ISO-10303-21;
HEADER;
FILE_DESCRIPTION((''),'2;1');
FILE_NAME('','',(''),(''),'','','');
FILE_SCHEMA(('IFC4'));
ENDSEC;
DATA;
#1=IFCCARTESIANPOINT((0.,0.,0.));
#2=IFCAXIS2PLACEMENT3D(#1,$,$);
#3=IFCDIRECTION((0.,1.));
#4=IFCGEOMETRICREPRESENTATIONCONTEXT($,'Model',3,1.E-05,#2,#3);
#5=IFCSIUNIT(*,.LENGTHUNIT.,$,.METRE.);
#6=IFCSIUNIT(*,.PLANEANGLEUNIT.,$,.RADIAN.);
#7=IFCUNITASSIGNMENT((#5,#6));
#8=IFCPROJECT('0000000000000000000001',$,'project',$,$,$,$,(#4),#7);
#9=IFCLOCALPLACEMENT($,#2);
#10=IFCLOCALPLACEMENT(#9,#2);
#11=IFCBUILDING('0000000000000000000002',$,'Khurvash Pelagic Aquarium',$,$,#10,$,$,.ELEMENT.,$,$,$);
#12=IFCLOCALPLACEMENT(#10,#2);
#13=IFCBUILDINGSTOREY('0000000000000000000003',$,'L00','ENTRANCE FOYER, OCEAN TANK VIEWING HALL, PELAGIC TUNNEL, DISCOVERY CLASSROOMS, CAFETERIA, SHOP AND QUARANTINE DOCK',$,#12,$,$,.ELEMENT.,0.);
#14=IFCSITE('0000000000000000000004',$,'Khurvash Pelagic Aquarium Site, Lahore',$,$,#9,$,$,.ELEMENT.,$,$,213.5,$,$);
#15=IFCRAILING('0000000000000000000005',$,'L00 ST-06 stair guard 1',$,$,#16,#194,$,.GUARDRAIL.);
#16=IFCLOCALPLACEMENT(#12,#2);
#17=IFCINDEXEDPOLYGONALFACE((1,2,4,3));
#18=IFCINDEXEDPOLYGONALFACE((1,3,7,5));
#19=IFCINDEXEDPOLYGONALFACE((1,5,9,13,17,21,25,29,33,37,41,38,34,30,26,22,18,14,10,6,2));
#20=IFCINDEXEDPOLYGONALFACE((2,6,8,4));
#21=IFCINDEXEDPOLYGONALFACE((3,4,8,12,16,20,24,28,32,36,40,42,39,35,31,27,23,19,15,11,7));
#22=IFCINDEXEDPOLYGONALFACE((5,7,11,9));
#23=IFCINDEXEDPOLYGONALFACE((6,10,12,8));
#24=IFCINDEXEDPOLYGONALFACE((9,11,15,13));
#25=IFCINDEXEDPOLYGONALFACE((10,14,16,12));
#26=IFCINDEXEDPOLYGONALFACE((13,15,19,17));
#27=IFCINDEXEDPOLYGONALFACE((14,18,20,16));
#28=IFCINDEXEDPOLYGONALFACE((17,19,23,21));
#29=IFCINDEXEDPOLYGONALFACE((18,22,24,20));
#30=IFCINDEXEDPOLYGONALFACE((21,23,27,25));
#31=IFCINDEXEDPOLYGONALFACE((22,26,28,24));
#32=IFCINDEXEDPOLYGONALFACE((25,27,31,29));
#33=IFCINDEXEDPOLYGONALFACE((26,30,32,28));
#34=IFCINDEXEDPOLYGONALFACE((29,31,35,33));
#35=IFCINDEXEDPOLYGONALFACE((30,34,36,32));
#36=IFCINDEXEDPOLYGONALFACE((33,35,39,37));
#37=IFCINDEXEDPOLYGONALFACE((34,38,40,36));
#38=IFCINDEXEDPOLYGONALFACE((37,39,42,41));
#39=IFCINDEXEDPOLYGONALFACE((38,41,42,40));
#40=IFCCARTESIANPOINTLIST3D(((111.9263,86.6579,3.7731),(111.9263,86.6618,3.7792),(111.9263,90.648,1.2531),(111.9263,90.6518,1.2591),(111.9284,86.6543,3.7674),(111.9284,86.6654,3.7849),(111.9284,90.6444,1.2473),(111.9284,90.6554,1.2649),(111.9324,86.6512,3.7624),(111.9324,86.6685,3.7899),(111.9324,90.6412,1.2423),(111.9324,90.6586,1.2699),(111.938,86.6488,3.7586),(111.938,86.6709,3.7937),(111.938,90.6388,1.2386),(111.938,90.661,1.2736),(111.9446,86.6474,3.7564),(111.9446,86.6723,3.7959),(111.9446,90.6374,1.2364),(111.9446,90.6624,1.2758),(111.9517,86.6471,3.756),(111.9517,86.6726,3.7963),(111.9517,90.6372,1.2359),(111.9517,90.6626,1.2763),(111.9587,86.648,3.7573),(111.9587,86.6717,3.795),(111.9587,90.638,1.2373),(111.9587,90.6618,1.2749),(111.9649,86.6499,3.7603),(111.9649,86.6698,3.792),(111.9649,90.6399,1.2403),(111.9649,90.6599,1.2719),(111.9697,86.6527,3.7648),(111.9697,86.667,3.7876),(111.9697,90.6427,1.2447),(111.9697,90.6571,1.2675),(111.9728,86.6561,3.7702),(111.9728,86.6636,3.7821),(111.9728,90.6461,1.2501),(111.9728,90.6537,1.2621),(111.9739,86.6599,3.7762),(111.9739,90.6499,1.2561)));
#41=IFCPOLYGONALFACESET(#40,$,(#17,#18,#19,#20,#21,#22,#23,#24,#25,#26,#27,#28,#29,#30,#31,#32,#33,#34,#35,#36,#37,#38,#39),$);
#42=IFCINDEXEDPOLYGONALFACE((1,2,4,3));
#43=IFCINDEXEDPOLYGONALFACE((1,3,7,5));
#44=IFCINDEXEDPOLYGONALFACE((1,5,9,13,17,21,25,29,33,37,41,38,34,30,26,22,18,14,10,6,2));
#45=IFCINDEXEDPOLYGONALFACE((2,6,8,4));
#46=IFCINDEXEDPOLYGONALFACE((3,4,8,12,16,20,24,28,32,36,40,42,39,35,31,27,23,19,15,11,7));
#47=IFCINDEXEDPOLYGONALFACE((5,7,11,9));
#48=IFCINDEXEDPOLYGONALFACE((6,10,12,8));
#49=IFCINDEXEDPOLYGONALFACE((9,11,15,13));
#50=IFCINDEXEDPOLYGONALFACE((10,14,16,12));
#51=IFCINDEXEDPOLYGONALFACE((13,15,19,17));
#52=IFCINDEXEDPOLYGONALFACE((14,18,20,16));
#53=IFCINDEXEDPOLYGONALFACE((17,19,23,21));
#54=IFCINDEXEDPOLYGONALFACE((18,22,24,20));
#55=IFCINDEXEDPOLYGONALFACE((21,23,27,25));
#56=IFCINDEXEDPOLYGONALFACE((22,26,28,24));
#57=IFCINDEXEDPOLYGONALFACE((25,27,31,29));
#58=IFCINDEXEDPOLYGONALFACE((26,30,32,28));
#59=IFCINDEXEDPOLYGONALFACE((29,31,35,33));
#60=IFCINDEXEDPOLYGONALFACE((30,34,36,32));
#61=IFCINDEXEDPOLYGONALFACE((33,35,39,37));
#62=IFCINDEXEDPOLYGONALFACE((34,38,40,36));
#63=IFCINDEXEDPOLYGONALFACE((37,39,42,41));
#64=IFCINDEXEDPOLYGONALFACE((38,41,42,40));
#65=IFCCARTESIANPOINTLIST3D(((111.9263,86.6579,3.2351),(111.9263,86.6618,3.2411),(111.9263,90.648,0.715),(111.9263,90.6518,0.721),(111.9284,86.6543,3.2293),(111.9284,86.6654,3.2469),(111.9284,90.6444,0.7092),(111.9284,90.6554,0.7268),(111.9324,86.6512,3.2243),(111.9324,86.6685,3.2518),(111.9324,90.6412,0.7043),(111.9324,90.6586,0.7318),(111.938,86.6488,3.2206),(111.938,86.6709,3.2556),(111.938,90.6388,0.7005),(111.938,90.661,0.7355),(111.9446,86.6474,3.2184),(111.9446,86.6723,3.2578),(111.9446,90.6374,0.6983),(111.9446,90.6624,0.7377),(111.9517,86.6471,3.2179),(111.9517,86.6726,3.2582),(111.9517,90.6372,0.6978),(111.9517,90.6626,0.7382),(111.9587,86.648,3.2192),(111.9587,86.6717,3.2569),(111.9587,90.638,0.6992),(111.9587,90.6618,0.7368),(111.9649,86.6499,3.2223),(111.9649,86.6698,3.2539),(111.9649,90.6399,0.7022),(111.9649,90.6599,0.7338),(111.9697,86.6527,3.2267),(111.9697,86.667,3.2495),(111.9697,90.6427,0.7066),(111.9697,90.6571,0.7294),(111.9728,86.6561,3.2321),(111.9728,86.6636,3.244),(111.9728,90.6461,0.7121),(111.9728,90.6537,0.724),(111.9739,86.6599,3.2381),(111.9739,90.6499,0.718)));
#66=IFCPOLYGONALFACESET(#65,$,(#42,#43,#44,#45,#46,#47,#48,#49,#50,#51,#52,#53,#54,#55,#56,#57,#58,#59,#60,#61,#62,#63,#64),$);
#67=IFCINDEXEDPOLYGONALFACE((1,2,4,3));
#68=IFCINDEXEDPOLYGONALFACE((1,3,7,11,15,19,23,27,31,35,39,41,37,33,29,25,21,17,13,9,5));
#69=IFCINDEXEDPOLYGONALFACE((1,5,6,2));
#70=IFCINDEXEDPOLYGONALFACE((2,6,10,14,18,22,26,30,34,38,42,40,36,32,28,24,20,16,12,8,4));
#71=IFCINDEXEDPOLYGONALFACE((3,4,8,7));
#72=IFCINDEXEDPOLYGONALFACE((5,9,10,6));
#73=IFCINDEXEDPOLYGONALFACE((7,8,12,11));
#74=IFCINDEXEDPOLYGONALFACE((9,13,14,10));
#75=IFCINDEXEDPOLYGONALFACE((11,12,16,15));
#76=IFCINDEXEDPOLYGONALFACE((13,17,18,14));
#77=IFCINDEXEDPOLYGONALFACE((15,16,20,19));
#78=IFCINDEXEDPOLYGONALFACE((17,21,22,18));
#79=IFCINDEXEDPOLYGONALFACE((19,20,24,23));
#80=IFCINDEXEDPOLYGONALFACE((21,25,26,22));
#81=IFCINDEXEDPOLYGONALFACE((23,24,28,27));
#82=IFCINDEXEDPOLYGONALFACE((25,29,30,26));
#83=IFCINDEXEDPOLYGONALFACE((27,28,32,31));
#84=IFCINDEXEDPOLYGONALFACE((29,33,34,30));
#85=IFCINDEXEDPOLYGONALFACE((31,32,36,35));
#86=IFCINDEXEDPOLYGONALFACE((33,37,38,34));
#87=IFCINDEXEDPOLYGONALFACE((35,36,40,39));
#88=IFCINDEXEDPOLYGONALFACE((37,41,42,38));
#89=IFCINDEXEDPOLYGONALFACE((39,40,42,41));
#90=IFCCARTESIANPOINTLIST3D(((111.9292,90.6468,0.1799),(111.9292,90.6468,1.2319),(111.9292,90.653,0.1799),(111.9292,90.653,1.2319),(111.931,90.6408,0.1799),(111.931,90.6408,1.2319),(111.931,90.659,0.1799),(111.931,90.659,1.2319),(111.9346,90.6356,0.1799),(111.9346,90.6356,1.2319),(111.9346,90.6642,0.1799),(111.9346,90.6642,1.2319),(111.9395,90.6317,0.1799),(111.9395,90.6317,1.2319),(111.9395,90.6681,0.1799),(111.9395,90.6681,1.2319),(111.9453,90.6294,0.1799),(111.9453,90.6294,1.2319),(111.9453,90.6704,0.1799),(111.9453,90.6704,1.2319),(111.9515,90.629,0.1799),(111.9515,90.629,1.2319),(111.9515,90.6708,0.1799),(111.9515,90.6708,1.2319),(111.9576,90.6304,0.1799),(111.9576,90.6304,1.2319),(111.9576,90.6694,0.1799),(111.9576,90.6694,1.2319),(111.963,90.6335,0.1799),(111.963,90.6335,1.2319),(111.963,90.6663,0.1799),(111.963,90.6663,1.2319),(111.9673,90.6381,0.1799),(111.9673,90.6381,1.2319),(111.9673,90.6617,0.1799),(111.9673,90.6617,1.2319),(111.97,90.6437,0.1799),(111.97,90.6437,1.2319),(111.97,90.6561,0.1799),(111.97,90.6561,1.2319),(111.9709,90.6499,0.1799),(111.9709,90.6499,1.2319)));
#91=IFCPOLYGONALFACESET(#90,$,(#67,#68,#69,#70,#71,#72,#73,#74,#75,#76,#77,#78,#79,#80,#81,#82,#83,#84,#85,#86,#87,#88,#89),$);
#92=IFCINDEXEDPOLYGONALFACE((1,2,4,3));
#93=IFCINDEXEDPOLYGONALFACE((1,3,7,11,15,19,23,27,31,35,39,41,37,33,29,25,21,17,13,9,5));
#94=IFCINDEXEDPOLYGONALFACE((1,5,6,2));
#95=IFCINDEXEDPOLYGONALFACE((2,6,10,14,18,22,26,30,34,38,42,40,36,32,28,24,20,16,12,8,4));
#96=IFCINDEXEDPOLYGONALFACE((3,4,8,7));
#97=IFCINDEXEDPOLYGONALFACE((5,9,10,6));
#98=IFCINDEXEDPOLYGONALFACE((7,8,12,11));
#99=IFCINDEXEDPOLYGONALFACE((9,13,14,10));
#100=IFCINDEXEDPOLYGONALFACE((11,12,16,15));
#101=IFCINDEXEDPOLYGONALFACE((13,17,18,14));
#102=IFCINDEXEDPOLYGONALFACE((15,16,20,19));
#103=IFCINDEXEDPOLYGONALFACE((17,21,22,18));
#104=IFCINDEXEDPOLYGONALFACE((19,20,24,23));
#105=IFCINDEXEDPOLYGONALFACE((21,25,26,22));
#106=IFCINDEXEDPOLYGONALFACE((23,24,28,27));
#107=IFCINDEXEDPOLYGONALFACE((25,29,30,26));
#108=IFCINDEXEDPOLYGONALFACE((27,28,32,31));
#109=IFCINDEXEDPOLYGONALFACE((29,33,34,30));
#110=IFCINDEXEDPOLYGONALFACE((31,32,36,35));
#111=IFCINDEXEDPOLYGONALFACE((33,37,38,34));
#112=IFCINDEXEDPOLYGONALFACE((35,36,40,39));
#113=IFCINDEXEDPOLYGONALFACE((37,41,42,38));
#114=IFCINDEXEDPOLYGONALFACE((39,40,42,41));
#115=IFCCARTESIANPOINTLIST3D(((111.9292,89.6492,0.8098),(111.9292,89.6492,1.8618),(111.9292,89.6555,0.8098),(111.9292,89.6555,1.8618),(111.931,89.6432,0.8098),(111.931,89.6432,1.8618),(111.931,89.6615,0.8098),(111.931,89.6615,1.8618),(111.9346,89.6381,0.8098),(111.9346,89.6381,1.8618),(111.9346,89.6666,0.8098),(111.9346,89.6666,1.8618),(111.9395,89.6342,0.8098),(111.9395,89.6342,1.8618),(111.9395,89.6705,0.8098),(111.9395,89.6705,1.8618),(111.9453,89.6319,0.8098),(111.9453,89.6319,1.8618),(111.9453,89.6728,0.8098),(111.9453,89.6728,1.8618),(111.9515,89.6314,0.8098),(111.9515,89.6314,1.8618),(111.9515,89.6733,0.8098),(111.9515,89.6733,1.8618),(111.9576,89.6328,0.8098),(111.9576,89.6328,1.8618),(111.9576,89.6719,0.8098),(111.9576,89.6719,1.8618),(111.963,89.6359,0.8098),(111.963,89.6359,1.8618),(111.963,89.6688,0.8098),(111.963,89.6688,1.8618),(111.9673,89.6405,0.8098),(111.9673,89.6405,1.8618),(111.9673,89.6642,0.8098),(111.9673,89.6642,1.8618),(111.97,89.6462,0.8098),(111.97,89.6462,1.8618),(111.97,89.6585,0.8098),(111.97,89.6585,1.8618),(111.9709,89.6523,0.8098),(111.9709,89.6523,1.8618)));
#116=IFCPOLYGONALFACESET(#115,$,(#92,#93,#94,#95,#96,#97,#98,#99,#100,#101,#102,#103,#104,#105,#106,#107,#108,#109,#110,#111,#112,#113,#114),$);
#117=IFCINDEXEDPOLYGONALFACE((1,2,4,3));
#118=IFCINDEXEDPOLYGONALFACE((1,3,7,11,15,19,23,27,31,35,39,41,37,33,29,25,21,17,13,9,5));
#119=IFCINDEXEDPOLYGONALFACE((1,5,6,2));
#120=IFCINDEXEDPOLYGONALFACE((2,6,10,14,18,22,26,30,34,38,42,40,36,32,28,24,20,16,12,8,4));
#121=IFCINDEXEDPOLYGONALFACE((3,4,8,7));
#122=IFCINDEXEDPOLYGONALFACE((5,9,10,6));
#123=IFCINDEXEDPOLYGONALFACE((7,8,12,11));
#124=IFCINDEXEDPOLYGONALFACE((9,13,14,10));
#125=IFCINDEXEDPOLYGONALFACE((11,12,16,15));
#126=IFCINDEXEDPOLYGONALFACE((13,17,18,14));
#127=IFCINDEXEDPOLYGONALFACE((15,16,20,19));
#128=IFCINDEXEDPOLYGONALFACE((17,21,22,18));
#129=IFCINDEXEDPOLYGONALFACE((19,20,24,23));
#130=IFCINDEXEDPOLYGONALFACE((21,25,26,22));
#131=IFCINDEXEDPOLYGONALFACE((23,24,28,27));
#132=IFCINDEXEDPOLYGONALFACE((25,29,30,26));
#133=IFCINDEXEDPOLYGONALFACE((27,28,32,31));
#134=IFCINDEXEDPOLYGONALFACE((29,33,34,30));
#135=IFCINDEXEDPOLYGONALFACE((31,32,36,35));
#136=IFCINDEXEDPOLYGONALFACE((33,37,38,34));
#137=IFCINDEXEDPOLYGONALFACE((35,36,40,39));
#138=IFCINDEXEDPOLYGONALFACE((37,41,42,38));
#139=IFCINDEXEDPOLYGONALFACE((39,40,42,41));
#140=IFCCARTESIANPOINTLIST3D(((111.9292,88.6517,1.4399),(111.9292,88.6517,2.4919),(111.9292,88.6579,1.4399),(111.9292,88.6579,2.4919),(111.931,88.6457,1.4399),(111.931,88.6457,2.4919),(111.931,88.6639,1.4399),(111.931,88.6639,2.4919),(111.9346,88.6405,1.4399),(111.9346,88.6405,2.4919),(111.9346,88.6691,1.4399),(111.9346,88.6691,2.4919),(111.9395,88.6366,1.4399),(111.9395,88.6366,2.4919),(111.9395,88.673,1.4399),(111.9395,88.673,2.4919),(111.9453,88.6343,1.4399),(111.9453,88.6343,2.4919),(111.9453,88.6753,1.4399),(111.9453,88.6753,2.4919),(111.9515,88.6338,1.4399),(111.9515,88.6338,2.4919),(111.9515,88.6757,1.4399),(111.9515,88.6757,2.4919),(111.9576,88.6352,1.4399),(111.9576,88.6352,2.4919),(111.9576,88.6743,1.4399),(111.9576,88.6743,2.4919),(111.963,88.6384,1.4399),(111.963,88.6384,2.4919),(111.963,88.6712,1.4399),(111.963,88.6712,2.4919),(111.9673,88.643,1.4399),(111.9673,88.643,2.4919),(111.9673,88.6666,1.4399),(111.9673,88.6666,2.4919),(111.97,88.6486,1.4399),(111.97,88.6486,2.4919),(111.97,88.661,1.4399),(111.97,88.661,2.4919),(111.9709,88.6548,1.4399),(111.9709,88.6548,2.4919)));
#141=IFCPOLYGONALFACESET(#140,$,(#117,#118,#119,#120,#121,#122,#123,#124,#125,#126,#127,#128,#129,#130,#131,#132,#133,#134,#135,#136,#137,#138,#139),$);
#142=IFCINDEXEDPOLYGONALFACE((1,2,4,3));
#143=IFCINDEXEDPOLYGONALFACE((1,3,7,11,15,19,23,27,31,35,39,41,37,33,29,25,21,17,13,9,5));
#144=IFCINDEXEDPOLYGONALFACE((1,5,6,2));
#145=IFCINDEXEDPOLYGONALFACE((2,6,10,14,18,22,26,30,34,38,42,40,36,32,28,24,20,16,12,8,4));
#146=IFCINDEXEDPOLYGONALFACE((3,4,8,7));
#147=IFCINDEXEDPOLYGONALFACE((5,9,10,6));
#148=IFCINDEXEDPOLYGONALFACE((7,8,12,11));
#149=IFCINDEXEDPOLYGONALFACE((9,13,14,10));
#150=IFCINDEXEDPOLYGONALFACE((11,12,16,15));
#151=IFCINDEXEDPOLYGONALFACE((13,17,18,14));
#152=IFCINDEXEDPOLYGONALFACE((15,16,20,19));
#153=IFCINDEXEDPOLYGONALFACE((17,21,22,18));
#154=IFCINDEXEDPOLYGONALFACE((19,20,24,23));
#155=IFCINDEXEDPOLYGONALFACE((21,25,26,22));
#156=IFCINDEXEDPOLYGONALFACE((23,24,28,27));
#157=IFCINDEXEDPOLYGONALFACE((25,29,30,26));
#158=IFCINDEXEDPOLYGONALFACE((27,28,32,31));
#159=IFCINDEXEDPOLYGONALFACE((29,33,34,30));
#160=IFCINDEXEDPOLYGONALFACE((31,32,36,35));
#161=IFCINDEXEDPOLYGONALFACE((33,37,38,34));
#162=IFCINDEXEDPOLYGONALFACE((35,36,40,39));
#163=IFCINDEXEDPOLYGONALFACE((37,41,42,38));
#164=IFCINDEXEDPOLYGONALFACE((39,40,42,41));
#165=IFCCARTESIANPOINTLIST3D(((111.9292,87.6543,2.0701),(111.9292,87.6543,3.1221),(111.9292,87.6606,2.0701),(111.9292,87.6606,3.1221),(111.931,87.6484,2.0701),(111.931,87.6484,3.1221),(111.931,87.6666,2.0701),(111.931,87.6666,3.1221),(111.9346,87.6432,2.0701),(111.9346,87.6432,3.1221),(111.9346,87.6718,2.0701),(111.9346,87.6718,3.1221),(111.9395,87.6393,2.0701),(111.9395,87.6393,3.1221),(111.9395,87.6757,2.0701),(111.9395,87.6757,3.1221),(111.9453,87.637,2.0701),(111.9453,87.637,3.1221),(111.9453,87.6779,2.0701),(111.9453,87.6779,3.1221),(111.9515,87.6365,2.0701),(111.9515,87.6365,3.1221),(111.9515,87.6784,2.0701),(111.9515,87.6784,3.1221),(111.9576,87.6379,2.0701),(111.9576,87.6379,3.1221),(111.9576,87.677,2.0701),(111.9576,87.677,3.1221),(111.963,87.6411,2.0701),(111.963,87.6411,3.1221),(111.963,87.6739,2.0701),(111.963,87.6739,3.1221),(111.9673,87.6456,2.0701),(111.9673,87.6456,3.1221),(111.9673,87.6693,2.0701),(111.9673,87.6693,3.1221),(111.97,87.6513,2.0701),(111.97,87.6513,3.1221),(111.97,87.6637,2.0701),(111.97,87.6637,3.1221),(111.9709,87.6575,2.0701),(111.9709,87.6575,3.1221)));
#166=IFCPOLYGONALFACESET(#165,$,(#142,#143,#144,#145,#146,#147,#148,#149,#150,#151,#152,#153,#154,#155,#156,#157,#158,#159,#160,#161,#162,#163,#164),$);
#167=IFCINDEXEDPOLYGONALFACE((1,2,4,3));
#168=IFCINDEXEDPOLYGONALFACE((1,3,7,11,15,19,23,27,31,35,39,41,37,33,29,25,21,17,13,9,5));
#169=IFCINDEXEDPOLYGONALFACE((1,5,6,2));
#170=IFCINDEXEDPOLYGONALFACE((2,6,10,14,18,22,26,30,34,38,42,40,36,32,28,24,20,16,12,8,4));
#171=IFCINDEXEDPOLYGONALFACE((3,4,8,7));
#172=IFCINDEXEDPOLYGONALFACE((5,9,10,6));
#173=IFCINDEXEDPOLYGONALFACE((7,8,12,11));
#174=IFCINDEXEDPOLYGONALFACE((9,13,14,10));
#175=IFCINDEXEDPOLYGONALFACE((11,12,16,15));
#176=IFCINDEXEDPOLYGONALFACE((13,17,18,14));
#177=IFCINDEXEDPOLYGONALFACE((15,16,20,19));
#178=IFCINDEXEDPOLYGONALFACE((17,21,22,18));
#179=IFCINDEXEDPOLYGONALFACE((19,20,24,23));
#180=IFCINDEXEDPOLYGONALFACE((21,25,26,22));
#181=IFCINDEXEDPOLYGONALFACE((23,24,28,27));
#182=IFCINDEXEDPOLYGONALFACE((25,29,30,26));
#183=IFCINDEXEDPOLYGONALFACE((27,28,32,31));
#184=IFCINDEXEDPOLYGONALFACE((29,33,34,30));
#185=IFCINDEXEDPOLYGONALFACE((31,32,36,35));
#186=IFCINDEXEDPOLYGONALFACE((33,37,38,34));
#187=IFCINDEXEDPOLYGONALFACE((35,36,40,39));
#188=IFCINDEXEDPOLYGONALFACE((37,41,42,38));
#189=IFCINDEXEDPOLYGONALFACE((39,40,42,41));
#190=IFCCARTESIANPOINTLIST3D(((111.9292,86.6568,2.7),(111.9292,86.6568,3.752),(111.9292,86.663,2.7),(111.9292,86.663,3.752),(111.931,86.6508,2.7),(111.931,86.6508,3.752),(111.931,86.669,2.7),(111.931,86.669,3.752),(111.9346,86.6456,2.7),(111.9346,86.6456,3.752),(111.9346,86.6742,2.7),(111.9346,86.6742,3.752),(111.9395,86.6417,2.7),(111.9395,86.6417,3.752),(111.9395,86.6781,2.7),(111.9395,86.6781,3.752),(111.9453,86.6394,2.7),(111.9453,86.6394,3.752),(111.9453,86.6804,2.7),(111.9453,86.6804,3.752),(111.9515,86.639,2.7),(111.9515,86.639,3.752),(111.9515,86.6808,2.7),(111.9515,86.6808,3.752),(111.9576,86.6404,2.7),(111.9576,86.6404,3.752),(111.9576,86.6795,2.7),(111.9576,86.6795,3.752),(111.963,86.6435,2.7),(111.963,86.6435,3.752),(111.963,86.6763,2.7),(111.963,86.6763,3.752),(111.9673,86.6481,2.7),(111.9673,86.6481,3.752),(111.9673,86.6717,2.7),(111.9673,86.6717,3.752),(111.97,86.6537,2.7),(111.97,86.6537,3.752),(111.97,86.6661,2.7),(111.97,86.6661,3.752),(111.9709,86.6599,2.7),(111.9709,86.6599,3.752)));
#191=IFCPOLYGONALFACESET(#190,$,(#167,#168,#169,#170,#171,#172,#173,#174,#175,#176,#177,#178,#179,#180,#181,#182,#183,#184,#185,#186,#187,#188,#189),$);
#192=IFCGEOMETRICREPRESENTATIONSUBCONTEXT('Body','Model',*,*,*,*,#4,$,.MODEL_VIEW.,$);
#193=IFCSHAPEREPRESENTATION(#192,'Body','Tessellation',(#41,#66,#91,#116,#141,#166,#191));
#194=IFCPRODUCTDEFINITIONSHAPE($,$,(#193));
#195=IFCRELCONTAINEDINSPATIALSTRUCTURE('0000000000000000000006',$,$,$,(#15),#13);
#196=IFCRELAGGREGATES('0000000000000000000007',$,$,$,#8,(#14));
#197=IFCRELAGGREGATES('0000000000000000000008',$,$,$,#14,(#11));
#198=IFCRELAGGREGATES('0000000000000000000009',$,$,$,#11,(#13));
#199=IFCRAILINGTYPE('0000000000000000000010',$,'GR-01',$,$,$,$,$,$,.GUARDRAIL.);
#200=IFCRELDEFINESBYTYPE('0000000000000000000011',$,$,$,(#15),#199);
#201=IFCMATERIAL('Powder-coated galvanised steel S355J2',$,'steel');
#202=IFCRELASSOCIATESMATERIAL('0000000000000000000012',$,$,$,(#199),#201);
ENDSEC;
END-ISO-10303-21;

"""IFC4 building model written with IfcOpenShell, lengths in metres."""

from ifc_helpers import new_model, si_unit, direction, frame, origin, origin_2d, place, context, subcontext, project, spatial, circle, extrude, material, type_object, element, save


model = new_model("IFC4")

# Units and contexts
model_context = context("Model", 3, precision=1e-05, world=origin(), true_north=direction((0.0, 1.0)))
body_context = subcontext(model_context, "Body", "Model", "MODEL_VIEW")
ifc_project = project(units=[si_unit("LENGTHUNIT", "METRE"), si_unit("PLANEANGLEUNIT", "RADIAN")], contexts=[model_context])

# Site, building, storey
site_placement = place(None, origin())
site = spatial("IfcSite", under=ifc_project, at=site_placement, Name="Khurvash Pelagic Aquarium Site, Lahore", CompositionType="ELEMENT", RefElevation=213.5)
building_placement = place(site_placement, origin())
building = spatial("IfcBuilding", under=site, at=building_placement, Name="Khurvash Pelagic Aquarium", CompositionType="ELEMENT")
storey_placement = place(building_placement, origin())
storey = spatial("IfcBuildingStorey", under=building, at=storey_placement, Name="L00", Description="ENTRANCE FOYER, OCEAN TANK VIEWING HALL, PELAGIC TUNNEL, DISCOVERY CLASSROOMS, CAFETERIA, SHOP AND QUARANTINE DOCK", CompositionType="ELEMENT", Elevation=0.0)

# Railing
ifc_material_1 = material(Name="Powder-coated galvanised steel S355J2", Category="steel")
railing_type = type_object("IfcRailingType", Name="GR-01", PredefinedType="GUARDRAIL", material=ifc_material_1)
railing_1_placement = place(storey_placement, frame((111.95, 90.6499, 0.1799)))
element("IfcRailing", 1, at=railing_1_placement, inside=storey, type_object=railing_type, Name="L00 ST-06 stair guard 1", PredefinedType="GUARDRAIL", context=body_context, shape_type="SweptSolid", body=[
    extrude(circle(Radius=0.0239, at=origin_2d()), frame((0.0, 0.0, 1.0762), z_axis=(0.0, -0.845486, 0.533997), x_axis=(1.0, 0.0, 0.0)), (0.0, 0.0, 1.0), 4.7192),
    extrude(circle(Radius=0.0239, at=origin_2d()), frame((0.0, 0.0, 0.5381), z_axis=(0.0, -0.845486, 0.533997), x_axis=(1.0, 0.0, 0.0)), (0.0, 0.0, 1.0), 4.7192),
    extrude(circle(Radius=0.021, at=origin_2d()), origin(), (0.0, 0.0, 1.0), 1.052),
    extrude(circle(Radius=0.021, at=origin_2d()), frame((0.0, -0.9976, 0.6299)), (0.0, 0.0, 1.0), 1.052),
    extrude(circle(Radius=0.021, at=origin_2d()), frame((0.0, -1.9951, 1.26)), (0.0, 0.0, 1.0), 1.052),
    extrude(circle(Radius=0.021, at=origin_2d()), frame((0.0, -2.9924, 1.8901)), (0.0, 0.0, 1.0), 1.052),
    extrude(circle(Radius=0.021, at=origin_2d()), frame((0.0, -3.99, 2.52)), (0.0, 0.0, 1.0), 1.052),
])

save(model, "model.ifc")
